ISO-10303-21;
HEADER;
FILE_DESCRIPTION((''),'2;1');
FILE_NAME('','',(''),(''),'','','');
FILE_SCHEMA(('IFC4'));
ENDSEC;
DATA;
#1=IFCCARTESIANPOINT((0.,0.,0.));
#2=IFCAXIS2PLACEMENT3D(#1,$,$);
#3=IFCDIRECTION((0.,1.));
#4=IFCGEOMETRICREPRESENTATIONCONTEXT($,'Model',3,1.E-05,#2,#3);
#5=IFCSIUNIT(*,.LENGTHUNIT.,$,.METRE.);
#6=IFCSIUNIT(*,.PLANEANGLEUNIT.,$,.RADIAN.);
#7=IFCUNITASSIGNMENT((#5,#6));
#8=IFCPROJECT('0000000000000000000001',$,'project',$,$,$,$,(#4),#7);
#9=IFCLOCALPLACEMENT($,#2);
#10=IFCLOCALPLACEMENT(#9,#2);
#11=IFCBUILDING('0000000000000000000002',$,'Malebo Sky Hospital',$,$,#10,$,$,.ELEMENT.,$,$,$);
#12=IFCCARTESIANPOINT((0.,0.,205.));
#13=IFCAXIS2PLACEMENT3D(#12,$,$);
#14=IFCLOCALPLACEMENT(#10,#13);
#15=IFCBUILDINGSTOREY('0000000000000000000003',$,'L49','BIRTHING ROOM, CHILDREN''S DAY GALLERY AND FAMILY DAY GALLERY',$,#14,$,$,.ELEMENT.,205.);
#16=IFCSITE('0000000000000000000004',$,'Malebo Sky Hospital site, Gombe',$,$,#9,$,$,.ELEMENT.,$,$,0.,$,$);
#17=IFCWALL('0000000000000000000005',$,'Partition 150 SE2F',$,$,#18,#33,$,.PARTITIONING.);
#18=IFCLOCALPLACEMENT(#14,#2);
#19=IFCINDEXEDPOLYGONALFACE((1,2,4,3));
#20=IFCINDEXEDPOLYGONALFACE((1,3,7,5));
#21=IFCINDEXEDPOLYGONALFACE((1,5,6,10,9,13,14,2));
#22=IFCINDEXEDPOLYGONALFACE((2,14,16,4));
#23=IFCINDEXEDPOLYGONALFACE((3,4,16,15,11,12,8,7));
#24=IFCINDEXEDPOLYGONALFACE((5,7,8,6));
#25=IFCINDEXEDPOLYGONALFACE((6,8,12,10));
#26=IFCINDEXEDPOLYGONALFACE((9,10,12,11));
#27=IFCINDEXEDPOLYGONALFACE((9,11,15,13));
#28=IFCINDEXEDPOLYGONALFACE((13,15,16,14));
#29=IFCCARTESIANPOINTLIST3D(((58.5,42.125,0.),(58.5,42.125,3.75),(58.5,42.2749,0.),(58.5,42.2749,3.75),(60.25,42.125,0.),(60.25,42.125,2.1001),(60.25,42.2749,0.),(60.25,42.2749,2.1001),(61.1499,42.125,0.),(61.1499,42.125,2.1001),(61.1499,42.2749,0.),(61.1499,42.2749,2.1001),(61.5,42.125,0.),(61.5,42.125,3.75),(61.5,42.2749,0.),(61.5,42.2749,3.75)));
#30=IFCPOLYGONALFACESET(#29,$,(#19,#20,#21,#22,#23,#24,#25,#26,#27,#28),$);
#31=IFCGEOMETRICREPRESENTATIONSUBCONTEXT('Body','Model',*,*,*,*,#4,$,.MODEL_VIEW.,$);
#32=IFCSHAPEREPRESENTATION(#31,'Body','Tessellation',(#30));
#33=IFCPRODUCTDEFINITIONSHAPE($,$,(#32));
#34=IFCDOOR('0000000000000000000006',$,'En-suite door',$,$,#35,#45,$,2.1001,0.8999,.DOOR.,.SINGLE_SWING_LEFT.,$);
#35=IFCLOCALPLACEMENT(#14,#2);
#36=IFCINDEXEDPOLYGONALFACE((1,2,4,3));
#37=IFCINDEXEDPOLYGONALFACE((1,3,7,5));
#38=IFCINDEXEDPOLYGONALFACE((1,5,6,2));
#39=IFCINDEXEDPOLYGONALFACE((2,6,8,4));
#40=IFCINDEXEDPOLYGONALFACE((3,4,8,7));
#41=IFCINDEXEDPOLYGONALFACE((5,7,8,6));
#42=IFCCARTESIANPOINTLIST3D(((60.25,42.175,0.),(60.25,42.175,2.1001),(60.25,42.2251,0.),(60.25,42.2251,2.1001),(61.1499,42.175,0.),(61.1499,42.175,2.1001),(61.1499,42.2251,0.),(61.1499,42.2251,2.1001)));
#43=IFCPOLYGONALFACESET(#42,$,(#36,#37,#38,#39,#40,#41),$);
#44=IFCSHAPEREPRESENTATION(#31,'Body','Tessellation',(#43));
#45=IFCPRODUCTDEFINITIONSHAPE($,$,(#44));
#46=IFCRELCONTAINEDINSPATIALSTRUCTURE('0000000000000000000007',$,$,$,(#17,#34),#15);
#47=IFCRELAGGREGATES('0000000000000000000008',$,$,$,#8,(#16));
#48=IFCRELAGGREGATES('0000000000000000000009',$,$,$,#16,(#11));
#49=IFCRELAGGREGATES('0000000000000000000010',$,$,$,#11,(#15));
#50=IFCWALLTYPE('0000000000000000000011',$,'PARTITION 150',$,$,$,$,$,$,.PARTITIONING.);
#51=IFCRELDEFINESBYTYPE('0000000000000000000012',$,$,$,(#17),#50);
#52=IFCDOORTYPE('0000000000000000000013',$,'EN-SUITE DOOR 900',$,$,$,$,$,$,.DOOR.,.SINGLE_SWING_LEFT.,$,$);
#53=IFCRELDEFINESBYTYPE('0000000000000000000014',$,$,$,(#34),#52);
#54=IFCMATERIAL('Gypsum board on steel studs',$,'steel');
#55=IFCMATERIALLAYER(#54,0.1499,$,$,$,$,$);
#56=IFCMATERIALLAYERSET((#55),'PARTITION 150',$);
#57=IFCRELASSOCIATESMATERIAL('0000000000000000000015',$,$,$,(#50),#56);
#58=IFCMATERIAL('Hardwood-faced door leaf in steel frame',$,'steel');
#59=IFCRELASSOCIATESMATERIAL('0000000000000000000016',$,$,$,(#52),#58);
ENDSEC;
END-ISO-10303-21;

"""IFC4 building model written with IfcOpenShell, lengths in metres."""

from ifc_helpers import new_model, si_unit, direction, frame, frame_2d, origin, place, context, subcontext, project, spatial, rectangle, extrude, material, layer, layer_set, type_object, element, fill, save


model = new_model("IFC4")

# Units and contexts
model_context = context("Model", 3, precision=1e-05, world=origin(), true_north=direction((0.0, 1.0)))
body_context = subcontext(model_context, "Body", "Model", "MODEL_VIEW")
ifc_project = project(units=[si_unit("LENGTHUNIT", "METRE"), si_unit("PLANEANGLEUNIT", "RADIAN")], contexts=[model_context])

# Site, building, storey
site_placement = place(None, origin())
site = spatial("IfcSite", under=ifc_project, at=site_placement, Name="Malebo Sky Hospital site, Gombe", CompositionType="ELEMENT", RefElevation=0.0)
building_placement = place(site_placement, origin())
building = spatial("IfcBuilding", under=site, at=building_placement, Name="Malebo Sky Hospital", CompositionType="ELEMENT")
storey_placement = place(building_placement, frame((0.0, 0.0, 205.0)))
storey = spatial("IfcBuildingStorey", under=building, at=storey_placement, Name="L49", Description="BIRTHING ROOM, CHILDREN'S DAY GALLERY AND FAMILY DAY GALLERY", CompositionType="ELEMENT", Elevation=205.0)

# Wall, opening, door
ifc_material_1 = material(Name="Gypsum board on steel studs", Category="steel")
ifc_layer_1 = layer(ifc_material_1, 0.1499)
ifc_layer_set_1 = layer_set([ifc_layer_1], Name="PARTITION 150")
wall_type = type_object("IfcWallType", Name="PARTITION 150", PredefinedType="PARTITIONING", material=ifc_layer_set_1)
ifc_material_2 = material(Name="Hardwood-faced door leaf in steel frame", Category="steel")
door_type = type_object("IfcDoorType", Name="EN-SUITE DOOR 900", OperationType="SINGLE_SWING_LEFT", PredefinedType="DOOR", material=ifc_material_2)
wall_1_placement = place(storey_placement, frame((61.5, 42.2, 0.0), z_axis=(0.0, 0.0, 1.0), x_axis=(-1.0, 0.0, 0.0)))
wall_1 = element("IfcWall", 1, at=wall_1_placement, inside=storey, type_object=wall_type, Name="Partition 150 SE2F", PredefinedType="PARTITIONING", context=body_context, shape_type="SweptSolid", body=[
    extrude(rectangle(XDim=3.0, YDim=0.1499, at=frame_2d((1.5, 0.0))), origin(), (0.0, 0.0, 1.0), 3.75),
])
opening_1_placement = place(wall_1_placement, frame((0.3501, 0.0, 0.0)))
opening_1 = element("IfcOpeningElement", 2, at=opening_1_placement, cuts=wall_1, PredefinedType="OPENING", context=body_context, shape_type="SweptSolid", body=[
    extrude(rectangle(XDim=0.8999, YDim=2.1001, at=frame_2d((0.45, 1.05))), frame((0.0, 0.085, 0.0), z_axis=(0.0, -1.0, 0.0), x_axis=(1.0, 0.0, 0.0)), (0.0, 0.0, 1.0), 0.1699),
])
door_1_placement = place(opening_1_placement, origin())
door_1 = element("IfcDoor", 3, at=door_1_placement, inside=storey, type_object=door_type, Name="En-suite door", OperationType="SINGLE_SWING_LEFT", OverallHeight=2.1001, OverallWidth=0.8999, PredefinedType="DOOR", context=body_context, shape_type="SweptSolid", body=[
    extrude(rectangle(XDim=0.8999, YDim=2.1001, at=frame_2d((0.45, 1.05))), frame((0.0, 0.0249, 0.0), z_axis=(0.0, -1.0, 0.0), x_axis=(1.0, 0.0, 0.0)), (0.0, 0.0, 1.0), 0.05),
])
fill(opening_1, door_1)

save(model, "model.ifc")
